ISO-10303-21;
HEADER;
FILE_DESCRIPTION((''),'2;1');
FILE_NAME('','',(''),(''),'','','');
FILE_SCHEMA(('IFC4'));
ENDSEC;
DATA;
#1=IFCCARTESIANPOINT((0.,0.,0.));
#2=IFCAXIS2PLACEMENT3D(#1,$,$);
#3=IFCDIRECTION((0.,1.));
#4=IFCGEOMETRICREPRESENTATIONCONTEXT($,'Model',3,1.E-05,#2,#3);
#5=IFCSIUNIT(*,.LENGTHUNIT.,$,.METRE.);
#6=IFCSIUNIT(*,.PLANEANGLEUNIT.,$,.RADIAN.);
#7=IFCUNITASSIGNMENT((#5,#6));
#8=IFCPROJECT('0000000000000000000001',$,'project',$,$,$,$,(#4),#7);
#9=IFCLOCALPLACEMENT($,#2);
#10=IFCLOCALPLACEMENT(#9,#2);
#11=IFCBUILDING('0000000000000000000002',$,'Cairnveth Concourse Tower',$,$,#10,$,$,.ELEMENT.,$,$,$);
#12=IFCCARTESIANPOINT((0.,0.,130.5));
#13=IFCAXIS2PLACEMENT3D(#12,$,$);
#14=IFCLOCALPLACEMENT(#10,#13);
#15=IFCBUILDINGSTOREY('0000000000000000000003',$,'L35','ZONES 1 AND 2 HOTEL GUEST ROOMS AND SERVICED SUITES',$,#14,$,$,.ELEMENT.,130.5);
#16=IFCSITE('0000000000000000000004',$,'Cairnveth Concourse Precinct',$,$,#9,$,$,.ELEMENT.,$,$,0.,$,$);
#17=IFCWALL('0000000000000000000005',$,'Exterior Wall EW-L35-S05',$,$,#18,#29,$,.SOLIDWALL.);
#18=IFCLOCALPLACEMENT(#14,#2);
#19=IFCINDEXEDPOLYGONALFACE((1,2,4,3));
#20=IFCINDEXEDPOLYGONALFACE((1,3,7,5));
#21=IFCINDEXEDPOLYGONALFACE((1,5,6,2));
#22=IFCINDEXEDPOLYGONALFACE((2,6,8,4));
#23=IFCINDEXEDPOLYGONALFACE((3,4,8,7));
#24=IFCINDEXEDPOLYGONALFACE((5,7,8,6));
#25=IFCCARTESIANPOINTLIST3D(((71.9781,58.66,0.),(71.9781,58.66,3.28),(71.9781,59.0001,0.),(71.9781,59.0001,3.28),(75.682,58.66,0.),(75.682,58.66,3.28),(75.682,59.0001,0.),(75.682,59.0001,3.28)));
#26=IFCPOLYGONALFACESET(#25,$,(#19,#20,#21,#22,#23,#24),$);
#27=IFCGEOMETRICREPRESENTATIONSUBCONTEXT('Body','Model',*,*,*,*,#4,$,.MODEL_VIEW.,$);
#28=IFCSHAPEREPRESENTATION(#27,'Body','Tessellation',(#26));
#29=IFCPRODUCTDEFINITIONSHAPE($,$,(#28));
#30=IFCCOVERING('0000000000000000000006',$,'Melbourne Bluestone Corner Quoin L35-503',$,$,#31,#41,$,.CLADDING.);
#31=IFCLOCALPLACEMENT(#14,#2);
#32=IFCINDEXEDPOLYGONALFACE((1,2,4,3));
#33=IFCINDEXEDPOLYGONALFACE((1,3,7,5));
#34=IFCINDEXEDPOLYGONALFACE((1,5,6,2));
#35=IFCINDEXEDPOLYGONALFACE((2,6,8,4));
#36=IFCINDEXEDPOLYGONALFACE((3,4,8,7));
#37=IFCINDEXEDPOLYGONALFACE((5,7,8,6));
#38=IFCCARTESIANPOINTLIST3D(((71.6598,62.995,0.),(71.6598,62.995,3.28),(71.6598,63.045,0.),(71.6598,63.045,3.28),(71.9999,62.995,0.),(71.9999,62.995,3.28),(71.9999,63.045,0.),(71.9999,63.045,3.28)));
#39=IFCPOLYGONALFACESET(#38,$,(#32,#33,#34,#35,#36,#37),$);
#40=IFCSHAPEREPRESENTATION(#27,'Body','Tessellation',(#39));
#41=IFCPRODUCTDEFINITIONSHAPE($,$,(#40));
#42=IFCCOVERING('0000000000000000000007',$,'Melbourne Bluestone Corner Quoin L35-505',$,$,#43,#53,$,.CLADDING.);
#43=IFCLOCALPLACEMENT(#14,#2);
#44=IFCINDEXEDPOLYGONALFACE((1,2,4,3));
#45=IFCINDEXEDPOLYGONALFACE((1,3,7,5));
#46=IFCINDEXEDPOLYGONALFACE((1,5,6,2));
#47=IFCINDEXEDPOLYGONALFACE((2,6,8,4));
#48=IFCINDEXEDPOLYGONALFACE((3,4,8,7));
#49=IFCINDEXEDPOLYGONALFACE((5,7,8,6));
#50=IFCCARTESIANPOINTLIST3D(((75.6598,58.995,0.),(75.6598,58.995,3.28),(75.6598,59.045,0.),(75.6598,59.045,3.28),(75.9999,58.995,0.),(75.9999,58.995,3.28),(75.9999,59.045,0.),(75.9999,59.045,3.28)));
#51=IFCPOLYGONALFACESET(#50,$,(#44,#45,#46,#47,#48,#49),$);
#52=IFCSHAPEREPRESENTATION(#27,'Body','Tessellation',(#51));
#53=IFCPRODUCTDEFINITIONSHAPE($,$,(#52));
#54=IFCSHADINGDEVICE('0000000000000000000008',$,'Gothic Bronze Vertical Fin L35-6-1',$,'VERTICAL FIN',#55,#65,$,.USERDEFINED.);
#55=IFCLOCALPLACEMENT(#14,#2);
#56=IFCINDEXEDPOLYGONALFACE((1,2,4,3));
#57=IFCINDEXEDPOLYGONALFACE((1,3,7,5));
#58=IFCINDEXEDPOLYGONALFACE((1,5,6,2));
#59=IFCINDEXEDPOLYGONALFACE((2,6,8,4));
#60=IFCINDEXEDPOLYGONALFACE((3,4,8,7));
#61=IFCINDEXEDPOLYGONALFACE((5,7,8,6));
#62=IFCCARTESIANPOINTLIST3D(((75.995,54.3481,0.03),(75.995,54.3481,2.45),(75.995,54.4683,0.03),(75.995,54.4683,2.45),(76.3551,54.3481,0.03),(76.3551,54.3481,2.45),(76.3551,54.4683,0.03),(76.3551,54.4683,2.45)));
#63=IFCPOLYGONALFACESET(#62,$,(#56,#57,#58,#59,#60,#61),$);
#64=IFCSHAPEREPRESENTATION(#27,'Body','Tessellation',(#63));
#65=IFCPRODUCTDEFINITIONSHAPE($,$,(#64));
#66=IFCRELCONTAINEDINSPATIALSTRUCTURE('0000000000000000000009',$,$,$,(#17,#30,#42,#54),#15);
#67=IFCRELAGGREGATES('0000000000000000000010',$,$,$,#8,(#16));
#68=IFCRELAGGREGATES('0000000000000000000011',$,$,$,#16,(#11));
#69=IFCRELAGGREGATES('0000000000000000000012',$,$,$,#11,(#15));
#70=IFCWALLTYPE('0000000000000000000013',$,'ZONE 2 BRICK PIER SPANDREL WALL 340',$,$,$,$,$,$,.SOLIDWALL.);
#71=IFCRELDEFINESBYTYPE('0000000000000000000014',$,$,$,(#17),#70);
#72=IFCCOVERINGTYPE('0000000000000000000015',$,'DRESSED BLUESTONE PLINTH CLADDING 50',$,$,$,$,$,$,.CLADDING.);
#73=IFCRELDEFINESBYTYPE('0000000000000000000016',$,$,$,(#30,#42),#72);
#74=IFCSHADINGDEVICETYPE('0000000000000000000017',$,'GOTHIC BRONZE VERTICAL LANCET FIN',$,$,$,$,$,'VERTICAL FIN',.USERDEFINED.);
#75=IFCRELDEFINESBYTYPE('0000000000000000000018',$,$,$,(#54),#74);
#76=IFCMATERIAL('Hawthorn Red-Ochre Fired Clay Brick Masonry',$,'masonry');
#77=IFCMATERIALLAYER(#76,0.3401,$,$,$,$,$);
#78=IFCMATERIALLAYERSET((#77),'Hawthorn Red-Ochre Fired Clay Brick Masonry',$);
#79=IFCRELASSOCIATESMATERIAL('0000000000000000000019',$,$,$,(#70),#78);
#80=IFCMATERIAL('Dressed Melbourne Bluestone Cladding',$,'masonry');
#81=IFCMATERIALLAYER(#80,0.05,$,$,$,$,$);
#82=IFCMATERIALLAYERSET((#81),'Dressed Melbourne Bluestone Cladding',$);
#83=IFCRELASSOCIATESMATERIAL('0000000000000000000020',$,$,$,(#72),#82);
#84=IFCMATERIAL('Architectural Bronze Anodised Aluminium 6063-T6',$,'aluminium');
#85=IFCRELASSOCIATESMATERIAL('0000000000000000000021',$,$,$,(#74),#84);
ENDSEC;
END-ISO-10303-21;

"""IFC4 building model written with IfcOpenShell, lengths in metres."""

from ifc_helpers import new_model, si_unit, direction, frame, frame_2d, origin, origin_2d, place, context, subcontext, project, spatial, rectangle, extrude, material, layer, layer_set, type_object, element, save


model = new_model("IFC4")

# Units and contexts
model_context = context("Model", 3, precision=1e-05, world=origin(), true_north=direction((0.0, 1.0)))
body_context = subcontext(model_context, "Body", "Model", "MODEL_VIEW")
ifc_project = project(units=[si_unit("LENGTHUNIT", "METRE"), si_unit("PLANEANGLEUNIT", "RADIAN")], contexts=[model_context])

# Site, building, storey
site_placement = place(None, origin())
site = spatial("IfcSite", under=ifc_project, at=site_placement, Name="Cairnveth Concourse Precinct", CompositionType="ELEMENT", RefElevation=0.0)
building_placement = place(site_placement, origin())
building = spatial("IfcBuilding", under=site, at=building_placement, Name="Cairnveth Concourse Tower", CompositionType="ELEMENT")
storey_placement = place(building_placement, frame((0.0, 0.0, 130.5)))
storey = spatial("IfcBuildingStorey", under=building, at=storey_placement, Name="L35", Description="ZONES 1 AND 2 HOTEL GUEST ROOMS AND SERVICED SUITES", CompositionType="ELEMENT", Elevation=130.5)

# Wall
ifc_material_1 = material(Name="Hawthorn Red-Ochre Fired Clay Brick Masonry", Category="masonry")
ifc_layer_1 = layer(ifc_material_1, 0.3401)
ifc_layer_set_1 = layer_set([ifc_layer_1], Name="Hawthorn Red-Ochre Fired Clay Brick Masonry")
wall_type = type_object("IfcWallType", Name="ZONE 2 BRICK PIER SPANDREL WALL 340", PredefinedType="SOLIDWALL", material=ifc_layer_set_1)
wall_1_placement = place(storey_placement, frame((71.978, 58.8301, 0.0), z_axis=(0.0, 0.0, 1.0), x_axis=(1.0, 0.0, 0.0)))
element("IfcWall", 1, at=wall_1_placement, inside=storey, type_object=wall_type, Name="Exterior Wall EW-L35-S05", PredefinedType="SOLIDWALL", context=body_context, shape_type="SweptSolid", body=[
    extrude(rectangle(XDim=3.7039, YDim=0.3401, at=frame_2d((1.8521, 0.0))), origin(), (0.0, 0.0, 1.0), 3.28),
])

# Coverings
ifc_material_2 = material(Name="Dressed Melbourne Bluestone Cladding", Category="masonry")
ifc_layer_2 = layer(ifc_material_2, 0.05)
ifc_layer_set_2 = layer_set([ifc_layer_2], Name="Dressed Melbourne Bluestone Cladding")
covering_type = type_object("IfcCoveringType", Name="DRESSED BLUESTONE PLINTH CLADDING 50", PredefinedType="CLADDING", material=ifc_layer_set_2)
for number, where, z_axis, x_axis, name in (
    (2, (71.6599, 63.02, 0.0), (0.0, 0.0, 1.0), (1.0, 0.0, 0.0), "Melbourne Bluestone Corner Quoin L35-503"),
    (3, (75.6599, 59.02, 0.0), (0.0, 0.0, 1.0), (1.0, 0.0, 0.0), "Melbourne Bluestone Corner Quoin L35-505"),
):
    element("IfcCovering", number, at=place(storey_placement, frame(where, z_axis=z_axis, x_axis=x_axis)), inside=storey, type_object=covering_type, Name=name, PredefinedType="CLADDING", context=body_context, shape_type="SweptSolid", body=[
        extrude(rectangle(XDim=0.3401, YDim=0.05, at=frame_2d((0.1699, 0.0))), origin(), (0.0, 0.0, 1.0), 3.28),
    ])

# Shading device
ifc_material_3 = material(Name="Architectural Bronze Anodised Aluminium 6063-T6", Category="aluminium")
shading_device_type = type_object("IfcShadingDeviceType", Name="GOTHIC BRONZE VERTICAL LANCET FIN", ElementType="VERTICAL FIN", PredefinedType="USERDEFINED", material=ifc_material_3)
shading_device_placement = place(storey_placement, frame((76.175, 54.4082, 0.03), z_axis=(0.0, 0.0, 1.0), x_axis=(0.0, 1.0, 0.0)))
element("IfcShadingDevice", 4, at=shading_device_placement, inside=storey, type_object=shading_device_type, Name="Gothic Bronze Vertical Fin L35-6-1", ObjectType="VERTICAL FIN", PredefinedType="USERDEFINED", context=body_context, shape_type="SweptSolid", body=[
    extrude(rectangle(XDim=0.1201, YDim=0.3601, at=origin_2d()), origin(), (0.0, 0.0, 1.0), 2.4199),
])

save(model, "model.ifc")
